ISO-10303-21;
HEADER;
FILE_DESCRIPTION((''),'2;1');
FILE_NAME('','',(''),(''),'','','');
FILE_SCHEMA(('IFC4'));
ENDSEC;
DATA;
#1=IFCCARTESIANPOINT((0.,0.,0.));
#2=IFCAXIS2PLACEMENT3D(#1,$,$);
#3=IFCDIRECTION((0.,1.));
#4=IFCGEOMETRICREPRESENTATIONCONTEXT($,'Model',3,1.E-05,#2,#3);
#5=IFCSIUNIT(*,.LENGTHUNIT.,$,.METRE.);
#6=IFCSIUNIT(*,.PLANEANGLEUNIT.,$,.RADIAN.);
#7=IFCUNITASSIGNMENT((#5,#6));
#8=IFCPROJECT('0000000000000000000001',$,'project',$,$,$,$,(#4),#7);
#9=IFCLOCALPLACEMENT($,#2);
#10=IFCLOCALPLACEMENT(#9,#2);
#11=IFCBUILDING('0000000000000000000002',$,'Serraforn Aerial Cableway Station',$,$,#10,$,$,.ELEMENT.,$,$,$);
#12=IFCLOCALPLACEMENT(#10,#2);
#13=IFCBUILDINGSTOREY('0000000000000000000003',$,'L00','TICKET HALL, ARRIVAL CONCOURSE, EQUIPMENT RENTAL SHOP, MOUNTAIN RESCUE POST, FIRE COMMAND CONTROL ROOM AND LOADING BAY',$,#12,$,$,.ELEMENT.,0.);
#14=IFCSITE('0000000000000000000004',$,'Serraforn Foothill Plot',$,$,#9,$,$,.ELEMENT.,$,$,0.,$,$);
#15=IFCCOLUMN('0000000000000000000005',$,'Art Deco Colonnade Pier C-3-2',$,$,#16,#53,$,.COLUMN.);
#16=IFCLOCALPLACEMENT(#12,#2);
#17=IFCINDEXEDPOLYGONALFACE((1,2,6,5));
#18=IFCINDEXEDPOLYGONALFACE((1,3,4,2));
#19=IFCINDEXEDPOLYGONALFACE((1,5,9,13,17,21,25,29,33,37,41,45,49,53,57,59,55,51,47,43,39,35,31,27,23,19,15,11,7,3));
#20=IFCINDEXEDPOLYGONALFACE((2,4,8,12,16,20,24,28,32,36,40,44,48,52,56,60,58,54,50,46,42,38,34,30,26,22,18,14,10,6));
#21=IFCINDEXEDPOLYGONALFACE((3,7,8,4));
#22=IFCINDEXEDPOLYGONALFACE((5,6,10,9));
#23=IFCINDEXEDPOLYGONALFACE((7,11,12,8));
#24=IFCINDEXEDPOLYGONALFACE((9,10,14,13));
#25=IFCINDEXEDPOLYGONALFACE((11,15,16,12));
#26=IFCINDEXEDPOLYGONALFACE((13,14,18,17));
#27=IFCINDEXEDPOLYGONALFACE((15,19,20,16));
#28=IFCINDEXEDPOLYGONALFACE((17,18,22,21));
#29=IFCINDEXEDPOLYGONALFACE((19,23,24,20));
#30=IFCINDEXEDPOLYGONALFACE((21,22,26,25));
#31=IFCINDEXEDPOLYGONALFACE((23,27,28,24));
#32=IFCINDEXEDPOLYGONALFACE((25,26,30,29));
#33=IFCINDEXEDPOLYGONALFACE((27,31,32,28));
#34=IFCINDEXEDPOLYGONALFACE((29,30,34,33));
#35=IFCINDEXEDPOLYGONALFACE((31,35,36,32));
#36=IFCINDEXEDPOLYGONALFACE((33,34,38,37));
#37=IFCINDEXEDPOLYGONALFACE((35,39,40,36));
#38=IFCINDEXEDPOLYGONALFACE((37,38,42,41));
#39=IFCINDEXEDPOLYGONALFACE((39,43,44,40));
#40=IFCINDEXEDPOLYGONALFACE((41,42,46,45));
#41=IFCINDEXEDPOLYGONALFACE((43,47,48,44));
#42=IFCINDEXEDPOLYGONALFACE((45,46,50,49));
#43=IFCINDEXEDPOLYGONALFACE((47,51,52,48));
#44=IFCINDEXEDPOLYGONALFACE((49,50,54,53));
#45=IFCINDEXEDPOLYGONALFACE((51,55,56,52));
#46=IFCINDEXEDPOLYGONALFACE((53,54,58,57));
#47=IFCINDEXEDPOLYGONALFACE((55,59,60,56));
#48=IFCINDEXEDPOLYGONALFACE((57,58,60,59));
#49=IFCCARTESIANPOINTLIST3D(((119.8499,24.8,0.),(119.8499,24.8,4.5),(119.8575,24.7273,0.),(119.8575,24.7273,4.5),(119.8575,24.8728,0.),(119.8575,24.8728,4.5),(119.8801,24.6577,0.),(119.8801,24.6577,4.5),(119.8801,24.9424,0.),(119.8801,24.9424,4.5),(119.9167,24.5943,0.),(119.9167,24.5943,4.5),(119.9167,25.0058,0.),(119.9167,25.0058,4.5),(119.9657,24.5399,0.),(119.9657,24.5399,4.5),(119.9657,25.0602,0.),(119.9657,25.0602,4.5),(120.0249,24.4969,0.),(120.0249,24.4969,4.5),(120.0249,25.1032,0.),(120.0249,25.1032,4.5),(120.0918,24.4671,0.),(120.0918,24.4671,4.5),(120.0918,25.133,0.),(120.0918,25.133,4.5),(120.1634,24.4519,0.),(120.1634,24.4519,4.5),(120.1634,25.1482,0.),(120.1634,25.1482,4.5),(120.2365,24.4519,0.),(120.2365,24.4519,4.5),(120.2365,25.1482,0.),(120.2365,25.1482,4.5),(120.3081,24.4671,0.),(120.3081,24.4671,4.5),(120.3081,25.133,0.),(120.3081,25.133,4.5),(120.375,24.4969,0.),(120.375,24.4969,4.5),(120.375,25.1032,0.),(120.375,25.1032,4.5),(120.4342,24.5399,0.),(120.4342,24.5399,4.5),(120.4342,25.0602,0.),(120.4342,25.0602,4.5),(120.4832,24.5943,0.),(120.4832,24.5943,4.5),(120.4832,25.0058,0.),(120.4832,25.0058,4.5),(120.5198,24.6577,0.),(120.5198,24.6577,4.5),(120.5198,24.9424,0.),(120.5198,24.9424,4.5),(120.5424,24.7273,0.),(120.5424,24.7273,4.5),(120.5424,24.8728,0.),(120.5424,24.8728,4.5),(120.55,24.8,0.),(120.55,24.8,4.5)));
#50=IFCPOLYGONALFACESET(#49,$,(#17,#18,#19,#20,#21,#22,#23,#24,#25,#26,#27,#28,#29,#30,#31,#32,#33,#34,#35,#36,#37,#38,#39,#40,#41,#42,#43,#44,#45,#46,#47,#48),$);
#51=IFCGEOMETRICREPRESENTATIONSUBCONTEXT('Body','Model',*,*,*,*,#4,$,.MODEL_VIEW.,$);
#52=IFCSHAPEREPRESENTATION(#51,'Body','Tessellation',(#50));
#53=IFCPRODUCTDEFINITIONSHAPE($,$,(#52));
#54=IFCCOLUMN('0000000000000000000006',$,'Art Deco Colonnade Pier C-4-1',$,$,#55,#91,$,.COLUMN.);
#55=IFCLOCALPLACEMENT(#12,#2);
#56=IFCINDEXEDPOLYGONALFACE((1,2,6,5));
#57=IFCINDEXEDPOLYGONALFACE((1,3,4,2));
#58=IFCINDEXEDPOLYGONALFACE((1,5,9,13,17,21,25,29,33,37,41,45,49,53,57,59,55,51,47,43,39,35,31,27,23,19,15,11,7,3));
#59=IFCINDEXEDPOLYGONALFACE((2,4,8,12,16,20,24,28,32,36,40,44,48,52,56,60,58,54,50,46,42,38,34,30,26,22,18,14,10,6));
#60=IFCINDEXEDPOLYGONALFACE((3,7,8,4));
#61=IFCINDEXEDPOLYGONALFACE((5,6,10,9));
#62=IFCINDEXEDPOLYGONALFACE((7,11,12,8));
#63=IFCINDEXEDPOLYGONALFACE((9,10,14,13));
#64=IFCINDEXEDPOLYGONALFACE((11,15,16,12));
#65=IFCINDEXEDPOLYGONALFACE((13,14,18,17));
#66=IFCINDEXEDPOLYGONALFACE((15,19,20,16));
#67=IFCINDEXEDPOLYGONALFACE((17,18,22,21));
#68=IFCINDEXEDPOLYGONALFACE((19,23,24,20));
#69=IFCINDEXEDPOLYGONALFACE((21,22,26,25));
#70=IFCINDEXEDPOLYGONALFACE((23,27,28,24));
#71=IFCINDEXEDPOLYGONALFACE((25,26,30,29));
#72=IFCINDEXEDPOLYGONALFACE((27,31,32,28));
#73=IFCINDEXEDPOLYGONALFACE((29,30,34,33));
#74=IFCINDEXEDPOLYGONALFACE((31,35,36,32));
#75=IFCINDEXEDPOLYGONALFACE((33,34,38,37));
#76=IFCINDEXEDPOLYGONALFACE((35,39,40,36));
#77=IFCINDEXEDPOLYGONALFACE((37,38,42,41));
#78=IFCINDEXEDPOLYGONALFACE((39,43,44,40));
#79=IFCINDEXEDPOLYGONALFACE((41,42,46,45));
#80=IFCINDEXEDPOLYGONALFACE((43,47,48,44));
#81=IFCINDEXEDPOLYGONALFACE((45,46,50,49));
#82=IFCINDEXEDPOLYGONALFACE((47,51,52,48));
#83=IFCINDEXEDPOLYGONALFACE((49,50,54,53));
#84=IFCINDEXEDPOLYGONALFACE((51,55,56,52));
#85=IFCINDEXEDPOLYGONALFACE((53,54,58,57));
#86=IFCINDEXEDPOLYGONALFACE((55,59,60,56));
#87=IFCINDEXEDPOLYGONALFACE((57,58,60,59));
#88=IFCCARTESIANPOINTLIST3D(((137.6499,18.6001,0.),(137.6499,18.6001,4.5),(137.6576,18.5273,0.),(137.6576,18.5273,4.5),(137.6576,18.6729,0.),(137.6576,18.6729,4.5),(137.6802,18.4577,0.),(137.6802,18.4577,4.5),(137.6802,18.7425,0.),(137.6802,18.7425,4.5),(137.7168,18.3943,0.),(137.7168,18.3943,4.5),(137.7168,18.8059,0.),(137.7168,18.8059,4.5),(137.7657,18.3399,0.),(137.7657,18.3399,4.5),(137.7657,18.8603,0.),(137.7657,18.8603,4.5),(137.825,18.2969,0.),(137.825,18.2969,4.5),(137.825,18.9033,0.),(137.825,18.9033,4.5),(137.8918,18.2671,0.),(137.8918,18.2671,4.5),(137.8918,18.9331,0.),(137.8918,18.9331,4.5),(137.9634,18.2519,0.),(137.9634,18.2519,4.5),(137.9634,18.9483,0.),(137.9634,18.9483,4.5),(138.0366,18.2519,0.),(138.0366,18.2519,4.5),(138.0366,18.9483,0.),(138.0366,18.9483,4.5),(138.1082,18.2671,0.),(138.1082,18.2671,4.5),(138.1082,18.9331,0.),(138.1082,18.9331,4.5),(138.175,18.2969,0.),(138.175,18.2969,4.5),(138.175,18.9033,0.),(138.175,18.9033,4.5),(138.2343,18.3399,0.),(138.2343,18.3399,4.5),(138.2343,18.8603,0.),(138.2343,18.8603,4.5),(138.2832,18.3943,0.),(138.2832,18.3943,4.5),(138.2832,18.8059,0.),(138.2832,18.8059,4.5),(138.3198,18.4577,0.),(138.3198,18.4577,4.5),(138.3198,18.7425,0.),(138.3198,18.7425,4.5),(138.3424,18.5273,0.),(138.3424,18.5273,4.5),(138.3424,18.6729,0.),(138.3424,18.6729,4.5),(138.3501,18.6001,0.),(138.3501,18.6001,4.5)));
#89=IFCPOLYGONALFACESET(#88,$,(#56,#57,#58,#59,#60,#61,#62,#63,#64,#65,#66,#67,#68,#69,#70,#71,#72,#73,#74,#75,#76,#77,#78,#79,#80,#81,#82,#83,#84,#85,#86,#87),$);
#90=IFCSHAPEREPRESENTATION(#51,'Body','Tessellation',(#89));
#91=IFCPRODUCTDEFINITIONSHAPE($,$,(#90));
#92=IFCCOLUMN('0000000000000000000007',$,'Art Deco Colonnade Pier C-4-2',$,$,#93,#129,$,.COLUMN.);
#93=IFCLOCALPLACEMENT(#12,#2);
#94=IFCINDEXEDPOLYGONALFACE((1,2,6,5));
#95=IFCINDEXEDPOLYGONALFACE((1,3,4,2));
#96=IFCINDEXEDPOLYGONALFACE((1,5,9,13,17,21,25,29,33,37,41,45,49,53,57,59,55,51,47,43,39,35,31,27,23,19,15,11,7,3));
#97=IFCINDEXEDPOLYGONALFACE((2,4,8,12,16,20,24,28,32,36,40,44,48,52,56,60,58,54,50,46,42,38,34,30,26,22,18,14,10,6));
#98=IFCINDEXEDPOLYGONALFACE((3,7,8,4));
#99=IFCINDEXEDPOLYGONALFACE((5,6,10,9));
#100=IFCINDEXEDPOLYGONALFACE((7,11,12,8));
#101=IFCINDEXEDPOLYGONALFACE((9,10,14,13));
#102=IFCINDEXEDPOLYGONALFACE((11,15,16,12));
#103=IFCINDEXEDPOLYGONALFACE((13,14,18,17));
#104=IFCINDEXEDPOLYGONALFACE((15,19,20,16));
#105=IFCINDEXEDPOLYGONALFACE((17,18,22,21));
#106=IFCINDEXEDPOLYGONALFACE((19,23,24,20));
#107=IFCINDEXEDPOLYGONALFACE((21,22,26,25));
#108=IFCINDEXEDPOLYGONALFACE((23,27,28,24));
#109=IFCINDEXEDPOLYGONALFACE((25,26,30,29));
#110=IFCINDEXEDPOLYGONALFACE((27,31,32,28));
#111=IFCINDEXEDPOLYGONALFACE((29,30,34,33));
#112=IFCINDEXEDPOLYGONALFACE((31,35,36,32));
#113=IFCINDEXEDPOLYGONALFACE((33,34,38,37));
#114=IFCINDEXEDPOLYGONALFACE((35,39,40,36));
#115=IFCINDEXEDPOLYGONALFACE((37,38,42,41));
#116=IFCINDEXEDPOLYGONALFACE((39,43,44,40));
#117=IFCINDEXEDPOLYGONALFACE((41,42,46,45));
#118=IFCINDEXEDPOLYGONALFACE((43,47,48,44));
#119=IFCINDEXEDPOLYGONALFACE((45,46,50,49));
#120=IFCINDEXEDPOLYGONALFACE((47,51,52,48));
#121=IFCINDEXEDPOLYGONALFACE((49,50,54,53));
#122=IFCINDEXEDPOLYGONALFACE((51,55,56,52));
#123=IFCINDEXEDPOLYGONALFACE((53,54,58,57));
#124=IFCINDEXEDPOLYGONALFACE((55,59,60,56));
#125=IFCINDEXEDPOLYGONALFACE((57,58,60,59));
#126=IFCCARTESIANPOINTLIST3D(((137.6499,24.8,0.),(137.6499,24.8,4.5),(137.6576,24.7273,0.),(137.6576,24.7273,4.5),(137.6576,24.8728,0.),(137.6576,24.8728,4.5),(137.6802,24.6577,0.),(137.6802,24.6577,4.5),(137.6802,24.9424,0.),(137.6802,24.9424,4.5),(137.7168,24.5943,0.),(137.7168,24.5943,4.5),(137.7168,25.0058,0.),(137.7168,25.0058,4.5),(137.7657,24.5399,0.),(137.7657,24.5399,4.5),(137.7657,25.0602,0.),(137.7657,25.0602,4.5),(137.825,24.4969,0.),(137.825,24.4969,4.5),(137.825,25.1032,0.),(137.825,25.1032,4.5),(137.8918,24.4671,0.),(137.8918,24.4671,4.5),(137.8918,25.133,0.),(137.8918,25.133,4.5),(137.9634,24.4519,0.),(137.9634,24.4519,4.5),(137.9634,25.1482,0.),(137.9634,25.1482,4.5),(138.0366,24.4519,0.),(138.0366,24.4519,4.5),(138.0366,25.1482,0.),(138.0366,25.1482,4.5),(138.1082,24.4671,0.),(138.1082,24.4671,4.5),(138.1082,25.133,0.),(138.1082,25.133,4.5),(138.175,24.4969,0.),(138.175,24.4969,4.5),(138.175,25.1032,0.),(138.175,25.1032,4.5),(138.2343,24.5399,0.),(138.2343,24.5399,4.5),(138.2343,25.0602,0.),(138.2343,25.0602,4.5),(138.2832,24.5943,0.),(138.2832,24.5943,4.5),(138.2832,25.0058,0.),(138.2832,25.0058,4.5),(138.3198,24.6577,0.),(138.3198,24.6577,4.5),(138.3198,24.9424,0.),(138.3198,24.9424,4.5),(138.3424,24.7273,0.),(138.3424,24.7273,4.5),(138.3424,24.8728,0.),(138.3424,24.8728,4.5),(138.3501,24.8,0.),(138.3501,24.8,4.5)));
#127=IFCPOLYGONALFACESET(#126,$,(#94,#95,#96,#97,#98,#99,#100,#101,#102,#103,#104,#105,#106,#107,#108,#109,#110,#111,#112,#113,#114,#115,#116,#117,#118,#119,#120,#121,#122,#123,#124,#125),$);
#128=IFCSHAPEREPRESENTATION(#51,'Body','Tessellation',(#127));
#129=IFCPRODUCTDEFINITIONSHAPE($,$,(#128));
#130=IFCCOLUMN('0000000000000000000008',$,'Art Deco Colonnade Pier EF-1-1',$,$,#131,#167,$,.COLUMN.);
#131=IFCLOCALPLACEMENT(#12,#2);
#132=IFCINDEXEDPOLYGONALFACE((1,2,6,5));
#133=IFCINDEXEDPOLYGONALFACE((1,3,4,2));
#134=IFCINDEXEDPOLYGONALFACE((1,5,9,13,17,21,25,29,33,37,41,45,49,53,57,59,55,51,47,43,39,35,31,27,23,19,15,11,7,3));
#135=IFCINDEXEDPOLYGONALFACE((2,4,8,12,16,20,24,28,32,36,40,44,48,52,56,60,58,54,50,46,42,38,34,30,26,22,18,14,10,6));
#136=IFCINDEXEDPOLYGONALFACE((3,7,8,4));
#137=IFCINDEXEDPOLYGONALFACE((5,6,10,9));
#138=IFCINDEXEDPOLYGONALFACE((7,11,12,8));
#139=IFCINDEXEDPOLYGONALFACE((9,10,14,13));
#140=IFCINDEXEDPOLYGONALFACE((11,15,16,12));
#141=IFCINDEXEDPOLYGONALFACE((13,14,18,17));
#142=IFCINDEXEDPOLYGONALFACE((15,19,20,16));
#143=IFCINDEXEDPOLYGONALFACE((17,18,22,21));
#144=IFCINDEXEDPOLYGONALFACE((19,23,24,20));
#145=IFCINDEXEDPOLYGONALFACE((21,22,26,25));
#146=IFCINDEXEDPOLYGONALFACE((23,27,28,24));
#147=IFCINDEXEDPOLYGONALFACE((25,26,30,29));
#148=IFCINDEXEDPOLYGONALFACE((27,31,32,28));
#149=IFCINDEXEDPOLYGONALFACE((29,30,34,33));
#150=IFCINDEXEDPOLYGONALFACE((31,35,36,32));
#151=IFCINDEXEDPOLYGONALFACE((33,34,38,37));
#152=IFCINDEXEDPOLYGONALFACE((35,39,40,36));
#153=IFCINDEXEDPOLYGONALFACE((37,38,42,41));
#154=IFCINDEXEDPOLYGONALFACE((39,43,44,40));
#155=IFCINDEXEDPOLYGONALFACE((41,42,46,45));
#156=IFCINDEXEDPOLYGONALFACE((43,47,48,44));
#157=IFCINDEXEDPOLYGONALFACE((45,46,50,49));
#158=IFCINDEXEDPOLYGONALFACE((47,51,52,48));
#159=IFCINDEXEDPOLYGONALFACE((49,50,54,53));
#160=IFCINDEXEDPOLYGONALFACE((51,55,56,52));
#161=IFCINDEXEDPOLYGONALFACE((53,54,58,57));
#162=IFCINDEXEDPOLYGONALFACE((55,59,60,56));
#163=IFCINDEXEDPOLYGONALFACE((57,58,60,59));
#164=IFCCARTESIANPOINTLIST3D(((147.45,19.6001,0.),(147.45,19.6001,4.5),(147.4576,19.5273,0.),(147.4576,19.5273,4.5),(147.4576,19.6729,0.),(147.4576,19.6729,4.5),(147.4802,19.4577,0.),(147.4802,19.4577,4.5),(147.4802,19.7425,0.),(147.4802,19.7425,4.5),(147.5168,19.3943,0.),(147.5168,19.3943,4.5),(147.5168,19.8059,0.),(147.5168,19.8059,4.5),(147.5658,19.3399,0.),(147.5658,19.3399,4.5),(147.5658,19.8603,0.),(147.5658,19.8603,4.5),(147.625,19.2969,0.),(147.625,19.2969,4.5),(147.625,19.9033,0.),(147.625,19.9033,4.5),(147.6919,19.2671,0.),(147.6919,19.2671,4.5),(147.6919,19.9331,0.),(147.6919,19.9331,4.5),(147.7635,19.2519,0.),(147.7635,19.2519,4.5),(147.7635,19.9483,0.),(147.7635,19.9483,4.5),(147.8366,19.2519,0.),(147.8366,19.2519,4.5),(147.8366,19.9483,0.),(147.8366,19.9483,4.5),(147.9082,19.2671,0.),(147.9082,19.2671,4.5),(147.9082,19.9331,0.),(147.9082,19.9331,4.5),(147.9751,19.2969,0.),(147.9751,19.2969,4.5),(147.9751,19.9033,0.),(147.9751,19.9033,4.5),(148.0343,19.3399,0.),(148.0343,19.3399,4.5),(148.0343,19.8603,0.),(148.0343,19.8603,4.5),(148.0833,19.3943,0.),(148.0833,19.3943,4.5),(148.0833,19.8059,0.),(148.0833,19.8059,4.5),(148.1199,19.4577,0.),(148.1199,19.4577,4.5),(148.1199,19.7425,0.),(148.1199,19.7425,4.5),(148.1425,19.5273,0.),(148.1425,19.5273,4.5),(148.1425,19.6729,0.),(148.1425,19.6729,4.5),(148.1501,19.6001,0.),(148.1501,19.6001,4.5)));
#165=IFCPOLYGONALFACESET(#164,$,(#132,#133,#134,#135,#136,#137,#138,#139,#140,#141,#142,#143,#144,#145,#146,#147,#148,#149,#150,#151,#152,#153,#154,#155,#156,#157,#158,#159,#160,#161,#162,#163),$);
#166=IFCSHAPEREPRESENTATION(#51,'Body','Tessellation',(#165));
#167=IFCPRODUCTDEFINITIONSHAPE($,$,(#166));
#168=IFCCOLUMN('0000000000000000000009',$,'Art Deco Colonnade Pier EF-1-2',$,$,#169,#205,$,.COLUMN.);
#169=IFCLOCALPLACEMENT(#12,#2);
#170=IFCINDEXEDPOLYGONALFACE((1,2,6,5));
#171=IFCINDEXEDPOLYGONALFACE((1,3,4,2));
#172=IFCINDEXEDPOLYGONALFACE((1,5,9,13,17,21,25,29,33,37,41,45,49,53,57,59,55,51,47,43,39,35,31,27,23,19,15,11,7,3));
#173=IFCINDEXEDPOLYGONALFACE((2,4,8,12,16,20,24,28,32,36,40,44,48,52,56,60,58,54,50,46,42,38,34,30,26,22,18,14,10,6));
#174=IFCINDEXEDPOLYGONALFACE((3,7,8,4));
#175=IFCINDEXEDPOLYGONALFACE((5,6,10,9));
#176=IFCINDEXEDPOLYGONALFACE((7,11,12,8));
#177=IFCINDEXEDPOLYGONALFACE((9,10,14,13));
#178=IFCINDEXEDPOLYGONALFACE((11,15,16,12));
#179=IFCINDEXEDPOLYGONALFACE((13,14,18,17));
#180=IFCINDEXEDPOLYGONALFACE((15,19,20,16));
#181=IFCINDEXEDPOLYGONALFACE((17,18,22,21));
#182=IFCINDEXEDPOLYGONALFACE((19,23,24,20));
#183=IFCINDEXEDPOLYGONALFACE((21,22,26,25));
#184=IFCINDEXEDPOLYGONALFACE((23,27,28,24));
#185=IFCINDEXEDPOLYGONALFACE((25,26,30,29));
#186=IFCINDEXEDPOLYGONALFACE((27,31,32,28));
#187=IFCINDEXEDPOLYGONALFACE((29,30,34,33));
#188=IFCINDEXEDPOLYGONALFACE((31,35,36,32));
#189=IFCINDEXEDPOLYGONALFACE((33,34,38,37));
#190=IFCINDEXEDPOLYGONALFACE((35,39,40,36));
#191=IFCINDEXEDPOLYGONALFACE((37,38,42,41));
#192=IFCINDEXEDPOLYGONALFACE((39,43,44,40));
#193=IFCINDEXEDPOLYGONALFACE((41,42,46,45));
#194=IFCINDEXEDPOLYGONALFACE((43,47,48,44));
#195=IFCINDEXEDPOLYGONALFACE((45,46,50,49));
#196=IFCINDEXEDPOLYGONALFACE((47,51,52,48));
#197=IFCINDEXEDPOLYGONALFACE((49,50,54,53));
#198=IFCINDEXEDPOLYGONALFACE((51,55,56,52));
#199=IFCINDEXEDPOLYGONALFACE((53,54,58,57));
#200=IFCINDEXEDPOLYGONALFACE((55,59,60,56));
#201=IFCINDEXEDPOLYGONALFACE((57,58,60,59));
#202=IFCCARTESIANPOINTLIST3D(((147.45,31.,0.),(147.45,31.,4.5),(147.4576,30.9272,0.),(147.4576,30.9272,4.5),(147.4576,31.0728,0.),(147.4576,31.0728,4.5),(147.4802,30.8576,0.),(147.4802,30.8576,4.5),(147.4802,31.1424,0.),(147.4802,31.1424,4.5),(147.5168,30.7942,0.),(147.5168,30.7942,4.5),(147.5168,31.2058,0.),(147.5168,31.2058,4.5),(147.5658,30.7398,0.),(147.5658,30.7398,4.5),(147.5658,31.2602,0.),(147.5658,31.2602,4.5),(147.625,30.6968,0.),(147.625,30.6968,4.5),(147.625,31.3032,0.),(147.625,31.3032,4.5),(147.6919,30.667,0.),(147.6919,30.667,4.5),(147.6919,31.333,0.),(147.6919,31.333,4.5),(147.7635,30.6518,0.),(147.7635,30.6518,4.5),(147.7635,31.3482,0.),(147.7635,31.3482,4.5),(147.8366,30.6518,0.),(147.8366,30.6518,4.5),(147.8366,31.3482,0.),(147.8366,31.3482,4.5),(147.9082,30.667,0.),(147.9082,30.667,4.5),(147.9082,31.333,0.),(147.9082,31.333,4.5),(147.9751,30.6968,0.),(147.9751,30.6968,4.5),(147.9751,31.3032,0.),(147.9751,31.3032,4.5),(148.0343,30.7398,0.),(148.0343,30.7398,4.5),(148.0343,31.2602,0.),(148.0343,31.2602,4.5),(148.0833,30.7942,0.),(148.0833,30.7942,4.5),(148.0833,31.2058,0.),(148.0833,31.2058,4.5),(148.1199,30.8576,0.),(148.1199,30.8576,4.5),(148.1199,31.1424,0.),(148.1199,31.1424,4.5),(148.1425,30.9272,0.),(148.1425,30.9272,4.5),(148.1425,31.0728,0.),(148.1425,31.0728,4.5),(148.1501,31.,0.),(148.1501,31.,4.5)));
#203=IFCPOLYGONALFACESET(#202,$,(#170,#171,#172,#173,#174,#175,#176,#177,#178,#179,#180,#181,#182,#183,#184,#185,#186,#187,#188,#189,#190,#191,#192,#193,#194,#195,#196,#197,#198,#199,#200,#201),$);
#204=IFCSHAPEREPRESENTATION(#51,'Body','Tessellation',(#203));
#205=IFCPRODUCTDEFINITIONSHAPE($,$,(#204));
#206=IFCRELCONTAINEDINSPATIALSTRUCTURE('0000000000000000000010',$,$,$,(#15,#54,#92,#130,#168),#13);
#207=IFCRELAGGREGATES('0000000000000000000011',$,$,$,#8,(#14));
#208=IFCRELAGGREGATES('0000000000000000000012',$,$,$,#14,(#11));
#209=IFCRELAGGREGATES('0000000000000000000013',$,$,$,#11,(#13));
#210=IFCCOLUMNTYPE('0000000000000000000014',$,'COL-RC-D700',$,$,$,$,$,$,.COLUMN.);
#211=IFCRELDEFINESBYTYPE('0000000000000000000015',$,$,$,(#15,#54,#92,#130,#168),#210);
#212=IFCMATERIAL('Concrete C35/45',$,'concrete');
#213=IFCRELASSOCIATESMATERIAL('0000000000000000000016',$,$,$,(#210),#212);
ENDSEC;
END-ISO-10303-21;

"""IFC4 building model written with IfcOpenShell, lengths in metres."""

from ifc_helpers import new_model, si_unit, direction, frame, origin, origin_2d, place, context, subcontext, project, spatial, circle, extrude, material, material_profile, profile_set, type_object, element, save


model = new_model("IFC4")

# Units and contexts
model_context = context("Model", 3, precision=1e-05, world=origin(), true_north=direction((0.0, 1.0)))
body_context = subcontext(model_context, "Body", "Model", "MODEL_VIEW")
ifc_project = project(units=[si_unit("LENGTHUNIT", "METRE"), si_unit("PLANEANGLEUNIT", "RADIAN")], contexts=[model_context])

# Site, building, storey
site_placement = place(None, origin())
site = spatial("IfcSite", under=ifc_project, at=site_placement, Name="Serraforn Foothill Plot", CompositionType="ELEMENT", RefElevation=0.0)
building_placement = place(site_placement, origin())
building = spatial("IfcBuilding", under=site, at=building_placement, Name="Serraforn Aerial Cableway Station", CompositionType="ELEMENT")
storey_placement = place(building_placement, origin())
storey = spatial("IfcBuildingStorey", under=building, at=storey_placement, Name="L00", Description="TICKET HALL, ARRIVAL CONCOURSE, EQUIPMENT RENTAL SHOP, MOUNTAIN RESCUE POST, FIRE COMMAND CONTROL ROOM AND LOADING BAY", CompositionType="ELEMENT", Elevation=0.0)

# Shared definitions
ifc_material_1 = material(Name="Concrete C35/45", Category="concrete")

# Columns
ifc_material_profile = material_profile(ifc_material_1, circle(Radius=0.3501, at=origin_2d()), Name="RC D700")
ifc_profile_set = profile_set([ifc_material_profile], Name="Concrete C35/45")
column_type = type_object("IfcColumnType", Name="COL-RC-D700", PredefinedType="COLUMN", material=ifc_profile_set)
for number, where, z_axis, x_axis, name in (
    (1, (120.2, 24.8, 0.0), (0.0, 0.0, 1.0), (1.0, 0.0, 0.0), "Art Deco Colonnade Pier C-3-2"),
    (2, (138.0, 18.6001, 0.0), (0.0, 0.0, 1.0), (1.0, 0.0, 0.0), "Art Deco Colonnade Pier C-4-1"),
    (3, (138.0, 24.8, 0.0), (0.0, 0.0, 1.0), (1.0, 0.0, 0.0), "Art Deco Colonnade Pier C-4-2"),
    (4, (147.8, 19.6001, 0.0), (0.0, 0.0, 1.0), (1.0, 0.0, 0.0), "Art Deco Colonnade Pier EF-1-1"),
    (5, (147.8, 31.0, 0.0), (0.0, 0.0, 1.0), (1.0, 0.0, 0.0), "Art Deco Colonnade Pier EF-1-2"),
):
    element("IfcColumn", number, at=place(storey_placement, frame(where, z_axis=z_axis, x_axis=x_axis)), inside=storey, type_object=column_type, Name=name, PredefinedType="COLUMN", context=body_context, shape_type="SweptSolid", body=[
        extrude(circle(Radius=0.3501, at=origin_2d()), origin(), (0.0, 0.0, 1.0), 4.5),
    ])

save(model, "model.ifc")
